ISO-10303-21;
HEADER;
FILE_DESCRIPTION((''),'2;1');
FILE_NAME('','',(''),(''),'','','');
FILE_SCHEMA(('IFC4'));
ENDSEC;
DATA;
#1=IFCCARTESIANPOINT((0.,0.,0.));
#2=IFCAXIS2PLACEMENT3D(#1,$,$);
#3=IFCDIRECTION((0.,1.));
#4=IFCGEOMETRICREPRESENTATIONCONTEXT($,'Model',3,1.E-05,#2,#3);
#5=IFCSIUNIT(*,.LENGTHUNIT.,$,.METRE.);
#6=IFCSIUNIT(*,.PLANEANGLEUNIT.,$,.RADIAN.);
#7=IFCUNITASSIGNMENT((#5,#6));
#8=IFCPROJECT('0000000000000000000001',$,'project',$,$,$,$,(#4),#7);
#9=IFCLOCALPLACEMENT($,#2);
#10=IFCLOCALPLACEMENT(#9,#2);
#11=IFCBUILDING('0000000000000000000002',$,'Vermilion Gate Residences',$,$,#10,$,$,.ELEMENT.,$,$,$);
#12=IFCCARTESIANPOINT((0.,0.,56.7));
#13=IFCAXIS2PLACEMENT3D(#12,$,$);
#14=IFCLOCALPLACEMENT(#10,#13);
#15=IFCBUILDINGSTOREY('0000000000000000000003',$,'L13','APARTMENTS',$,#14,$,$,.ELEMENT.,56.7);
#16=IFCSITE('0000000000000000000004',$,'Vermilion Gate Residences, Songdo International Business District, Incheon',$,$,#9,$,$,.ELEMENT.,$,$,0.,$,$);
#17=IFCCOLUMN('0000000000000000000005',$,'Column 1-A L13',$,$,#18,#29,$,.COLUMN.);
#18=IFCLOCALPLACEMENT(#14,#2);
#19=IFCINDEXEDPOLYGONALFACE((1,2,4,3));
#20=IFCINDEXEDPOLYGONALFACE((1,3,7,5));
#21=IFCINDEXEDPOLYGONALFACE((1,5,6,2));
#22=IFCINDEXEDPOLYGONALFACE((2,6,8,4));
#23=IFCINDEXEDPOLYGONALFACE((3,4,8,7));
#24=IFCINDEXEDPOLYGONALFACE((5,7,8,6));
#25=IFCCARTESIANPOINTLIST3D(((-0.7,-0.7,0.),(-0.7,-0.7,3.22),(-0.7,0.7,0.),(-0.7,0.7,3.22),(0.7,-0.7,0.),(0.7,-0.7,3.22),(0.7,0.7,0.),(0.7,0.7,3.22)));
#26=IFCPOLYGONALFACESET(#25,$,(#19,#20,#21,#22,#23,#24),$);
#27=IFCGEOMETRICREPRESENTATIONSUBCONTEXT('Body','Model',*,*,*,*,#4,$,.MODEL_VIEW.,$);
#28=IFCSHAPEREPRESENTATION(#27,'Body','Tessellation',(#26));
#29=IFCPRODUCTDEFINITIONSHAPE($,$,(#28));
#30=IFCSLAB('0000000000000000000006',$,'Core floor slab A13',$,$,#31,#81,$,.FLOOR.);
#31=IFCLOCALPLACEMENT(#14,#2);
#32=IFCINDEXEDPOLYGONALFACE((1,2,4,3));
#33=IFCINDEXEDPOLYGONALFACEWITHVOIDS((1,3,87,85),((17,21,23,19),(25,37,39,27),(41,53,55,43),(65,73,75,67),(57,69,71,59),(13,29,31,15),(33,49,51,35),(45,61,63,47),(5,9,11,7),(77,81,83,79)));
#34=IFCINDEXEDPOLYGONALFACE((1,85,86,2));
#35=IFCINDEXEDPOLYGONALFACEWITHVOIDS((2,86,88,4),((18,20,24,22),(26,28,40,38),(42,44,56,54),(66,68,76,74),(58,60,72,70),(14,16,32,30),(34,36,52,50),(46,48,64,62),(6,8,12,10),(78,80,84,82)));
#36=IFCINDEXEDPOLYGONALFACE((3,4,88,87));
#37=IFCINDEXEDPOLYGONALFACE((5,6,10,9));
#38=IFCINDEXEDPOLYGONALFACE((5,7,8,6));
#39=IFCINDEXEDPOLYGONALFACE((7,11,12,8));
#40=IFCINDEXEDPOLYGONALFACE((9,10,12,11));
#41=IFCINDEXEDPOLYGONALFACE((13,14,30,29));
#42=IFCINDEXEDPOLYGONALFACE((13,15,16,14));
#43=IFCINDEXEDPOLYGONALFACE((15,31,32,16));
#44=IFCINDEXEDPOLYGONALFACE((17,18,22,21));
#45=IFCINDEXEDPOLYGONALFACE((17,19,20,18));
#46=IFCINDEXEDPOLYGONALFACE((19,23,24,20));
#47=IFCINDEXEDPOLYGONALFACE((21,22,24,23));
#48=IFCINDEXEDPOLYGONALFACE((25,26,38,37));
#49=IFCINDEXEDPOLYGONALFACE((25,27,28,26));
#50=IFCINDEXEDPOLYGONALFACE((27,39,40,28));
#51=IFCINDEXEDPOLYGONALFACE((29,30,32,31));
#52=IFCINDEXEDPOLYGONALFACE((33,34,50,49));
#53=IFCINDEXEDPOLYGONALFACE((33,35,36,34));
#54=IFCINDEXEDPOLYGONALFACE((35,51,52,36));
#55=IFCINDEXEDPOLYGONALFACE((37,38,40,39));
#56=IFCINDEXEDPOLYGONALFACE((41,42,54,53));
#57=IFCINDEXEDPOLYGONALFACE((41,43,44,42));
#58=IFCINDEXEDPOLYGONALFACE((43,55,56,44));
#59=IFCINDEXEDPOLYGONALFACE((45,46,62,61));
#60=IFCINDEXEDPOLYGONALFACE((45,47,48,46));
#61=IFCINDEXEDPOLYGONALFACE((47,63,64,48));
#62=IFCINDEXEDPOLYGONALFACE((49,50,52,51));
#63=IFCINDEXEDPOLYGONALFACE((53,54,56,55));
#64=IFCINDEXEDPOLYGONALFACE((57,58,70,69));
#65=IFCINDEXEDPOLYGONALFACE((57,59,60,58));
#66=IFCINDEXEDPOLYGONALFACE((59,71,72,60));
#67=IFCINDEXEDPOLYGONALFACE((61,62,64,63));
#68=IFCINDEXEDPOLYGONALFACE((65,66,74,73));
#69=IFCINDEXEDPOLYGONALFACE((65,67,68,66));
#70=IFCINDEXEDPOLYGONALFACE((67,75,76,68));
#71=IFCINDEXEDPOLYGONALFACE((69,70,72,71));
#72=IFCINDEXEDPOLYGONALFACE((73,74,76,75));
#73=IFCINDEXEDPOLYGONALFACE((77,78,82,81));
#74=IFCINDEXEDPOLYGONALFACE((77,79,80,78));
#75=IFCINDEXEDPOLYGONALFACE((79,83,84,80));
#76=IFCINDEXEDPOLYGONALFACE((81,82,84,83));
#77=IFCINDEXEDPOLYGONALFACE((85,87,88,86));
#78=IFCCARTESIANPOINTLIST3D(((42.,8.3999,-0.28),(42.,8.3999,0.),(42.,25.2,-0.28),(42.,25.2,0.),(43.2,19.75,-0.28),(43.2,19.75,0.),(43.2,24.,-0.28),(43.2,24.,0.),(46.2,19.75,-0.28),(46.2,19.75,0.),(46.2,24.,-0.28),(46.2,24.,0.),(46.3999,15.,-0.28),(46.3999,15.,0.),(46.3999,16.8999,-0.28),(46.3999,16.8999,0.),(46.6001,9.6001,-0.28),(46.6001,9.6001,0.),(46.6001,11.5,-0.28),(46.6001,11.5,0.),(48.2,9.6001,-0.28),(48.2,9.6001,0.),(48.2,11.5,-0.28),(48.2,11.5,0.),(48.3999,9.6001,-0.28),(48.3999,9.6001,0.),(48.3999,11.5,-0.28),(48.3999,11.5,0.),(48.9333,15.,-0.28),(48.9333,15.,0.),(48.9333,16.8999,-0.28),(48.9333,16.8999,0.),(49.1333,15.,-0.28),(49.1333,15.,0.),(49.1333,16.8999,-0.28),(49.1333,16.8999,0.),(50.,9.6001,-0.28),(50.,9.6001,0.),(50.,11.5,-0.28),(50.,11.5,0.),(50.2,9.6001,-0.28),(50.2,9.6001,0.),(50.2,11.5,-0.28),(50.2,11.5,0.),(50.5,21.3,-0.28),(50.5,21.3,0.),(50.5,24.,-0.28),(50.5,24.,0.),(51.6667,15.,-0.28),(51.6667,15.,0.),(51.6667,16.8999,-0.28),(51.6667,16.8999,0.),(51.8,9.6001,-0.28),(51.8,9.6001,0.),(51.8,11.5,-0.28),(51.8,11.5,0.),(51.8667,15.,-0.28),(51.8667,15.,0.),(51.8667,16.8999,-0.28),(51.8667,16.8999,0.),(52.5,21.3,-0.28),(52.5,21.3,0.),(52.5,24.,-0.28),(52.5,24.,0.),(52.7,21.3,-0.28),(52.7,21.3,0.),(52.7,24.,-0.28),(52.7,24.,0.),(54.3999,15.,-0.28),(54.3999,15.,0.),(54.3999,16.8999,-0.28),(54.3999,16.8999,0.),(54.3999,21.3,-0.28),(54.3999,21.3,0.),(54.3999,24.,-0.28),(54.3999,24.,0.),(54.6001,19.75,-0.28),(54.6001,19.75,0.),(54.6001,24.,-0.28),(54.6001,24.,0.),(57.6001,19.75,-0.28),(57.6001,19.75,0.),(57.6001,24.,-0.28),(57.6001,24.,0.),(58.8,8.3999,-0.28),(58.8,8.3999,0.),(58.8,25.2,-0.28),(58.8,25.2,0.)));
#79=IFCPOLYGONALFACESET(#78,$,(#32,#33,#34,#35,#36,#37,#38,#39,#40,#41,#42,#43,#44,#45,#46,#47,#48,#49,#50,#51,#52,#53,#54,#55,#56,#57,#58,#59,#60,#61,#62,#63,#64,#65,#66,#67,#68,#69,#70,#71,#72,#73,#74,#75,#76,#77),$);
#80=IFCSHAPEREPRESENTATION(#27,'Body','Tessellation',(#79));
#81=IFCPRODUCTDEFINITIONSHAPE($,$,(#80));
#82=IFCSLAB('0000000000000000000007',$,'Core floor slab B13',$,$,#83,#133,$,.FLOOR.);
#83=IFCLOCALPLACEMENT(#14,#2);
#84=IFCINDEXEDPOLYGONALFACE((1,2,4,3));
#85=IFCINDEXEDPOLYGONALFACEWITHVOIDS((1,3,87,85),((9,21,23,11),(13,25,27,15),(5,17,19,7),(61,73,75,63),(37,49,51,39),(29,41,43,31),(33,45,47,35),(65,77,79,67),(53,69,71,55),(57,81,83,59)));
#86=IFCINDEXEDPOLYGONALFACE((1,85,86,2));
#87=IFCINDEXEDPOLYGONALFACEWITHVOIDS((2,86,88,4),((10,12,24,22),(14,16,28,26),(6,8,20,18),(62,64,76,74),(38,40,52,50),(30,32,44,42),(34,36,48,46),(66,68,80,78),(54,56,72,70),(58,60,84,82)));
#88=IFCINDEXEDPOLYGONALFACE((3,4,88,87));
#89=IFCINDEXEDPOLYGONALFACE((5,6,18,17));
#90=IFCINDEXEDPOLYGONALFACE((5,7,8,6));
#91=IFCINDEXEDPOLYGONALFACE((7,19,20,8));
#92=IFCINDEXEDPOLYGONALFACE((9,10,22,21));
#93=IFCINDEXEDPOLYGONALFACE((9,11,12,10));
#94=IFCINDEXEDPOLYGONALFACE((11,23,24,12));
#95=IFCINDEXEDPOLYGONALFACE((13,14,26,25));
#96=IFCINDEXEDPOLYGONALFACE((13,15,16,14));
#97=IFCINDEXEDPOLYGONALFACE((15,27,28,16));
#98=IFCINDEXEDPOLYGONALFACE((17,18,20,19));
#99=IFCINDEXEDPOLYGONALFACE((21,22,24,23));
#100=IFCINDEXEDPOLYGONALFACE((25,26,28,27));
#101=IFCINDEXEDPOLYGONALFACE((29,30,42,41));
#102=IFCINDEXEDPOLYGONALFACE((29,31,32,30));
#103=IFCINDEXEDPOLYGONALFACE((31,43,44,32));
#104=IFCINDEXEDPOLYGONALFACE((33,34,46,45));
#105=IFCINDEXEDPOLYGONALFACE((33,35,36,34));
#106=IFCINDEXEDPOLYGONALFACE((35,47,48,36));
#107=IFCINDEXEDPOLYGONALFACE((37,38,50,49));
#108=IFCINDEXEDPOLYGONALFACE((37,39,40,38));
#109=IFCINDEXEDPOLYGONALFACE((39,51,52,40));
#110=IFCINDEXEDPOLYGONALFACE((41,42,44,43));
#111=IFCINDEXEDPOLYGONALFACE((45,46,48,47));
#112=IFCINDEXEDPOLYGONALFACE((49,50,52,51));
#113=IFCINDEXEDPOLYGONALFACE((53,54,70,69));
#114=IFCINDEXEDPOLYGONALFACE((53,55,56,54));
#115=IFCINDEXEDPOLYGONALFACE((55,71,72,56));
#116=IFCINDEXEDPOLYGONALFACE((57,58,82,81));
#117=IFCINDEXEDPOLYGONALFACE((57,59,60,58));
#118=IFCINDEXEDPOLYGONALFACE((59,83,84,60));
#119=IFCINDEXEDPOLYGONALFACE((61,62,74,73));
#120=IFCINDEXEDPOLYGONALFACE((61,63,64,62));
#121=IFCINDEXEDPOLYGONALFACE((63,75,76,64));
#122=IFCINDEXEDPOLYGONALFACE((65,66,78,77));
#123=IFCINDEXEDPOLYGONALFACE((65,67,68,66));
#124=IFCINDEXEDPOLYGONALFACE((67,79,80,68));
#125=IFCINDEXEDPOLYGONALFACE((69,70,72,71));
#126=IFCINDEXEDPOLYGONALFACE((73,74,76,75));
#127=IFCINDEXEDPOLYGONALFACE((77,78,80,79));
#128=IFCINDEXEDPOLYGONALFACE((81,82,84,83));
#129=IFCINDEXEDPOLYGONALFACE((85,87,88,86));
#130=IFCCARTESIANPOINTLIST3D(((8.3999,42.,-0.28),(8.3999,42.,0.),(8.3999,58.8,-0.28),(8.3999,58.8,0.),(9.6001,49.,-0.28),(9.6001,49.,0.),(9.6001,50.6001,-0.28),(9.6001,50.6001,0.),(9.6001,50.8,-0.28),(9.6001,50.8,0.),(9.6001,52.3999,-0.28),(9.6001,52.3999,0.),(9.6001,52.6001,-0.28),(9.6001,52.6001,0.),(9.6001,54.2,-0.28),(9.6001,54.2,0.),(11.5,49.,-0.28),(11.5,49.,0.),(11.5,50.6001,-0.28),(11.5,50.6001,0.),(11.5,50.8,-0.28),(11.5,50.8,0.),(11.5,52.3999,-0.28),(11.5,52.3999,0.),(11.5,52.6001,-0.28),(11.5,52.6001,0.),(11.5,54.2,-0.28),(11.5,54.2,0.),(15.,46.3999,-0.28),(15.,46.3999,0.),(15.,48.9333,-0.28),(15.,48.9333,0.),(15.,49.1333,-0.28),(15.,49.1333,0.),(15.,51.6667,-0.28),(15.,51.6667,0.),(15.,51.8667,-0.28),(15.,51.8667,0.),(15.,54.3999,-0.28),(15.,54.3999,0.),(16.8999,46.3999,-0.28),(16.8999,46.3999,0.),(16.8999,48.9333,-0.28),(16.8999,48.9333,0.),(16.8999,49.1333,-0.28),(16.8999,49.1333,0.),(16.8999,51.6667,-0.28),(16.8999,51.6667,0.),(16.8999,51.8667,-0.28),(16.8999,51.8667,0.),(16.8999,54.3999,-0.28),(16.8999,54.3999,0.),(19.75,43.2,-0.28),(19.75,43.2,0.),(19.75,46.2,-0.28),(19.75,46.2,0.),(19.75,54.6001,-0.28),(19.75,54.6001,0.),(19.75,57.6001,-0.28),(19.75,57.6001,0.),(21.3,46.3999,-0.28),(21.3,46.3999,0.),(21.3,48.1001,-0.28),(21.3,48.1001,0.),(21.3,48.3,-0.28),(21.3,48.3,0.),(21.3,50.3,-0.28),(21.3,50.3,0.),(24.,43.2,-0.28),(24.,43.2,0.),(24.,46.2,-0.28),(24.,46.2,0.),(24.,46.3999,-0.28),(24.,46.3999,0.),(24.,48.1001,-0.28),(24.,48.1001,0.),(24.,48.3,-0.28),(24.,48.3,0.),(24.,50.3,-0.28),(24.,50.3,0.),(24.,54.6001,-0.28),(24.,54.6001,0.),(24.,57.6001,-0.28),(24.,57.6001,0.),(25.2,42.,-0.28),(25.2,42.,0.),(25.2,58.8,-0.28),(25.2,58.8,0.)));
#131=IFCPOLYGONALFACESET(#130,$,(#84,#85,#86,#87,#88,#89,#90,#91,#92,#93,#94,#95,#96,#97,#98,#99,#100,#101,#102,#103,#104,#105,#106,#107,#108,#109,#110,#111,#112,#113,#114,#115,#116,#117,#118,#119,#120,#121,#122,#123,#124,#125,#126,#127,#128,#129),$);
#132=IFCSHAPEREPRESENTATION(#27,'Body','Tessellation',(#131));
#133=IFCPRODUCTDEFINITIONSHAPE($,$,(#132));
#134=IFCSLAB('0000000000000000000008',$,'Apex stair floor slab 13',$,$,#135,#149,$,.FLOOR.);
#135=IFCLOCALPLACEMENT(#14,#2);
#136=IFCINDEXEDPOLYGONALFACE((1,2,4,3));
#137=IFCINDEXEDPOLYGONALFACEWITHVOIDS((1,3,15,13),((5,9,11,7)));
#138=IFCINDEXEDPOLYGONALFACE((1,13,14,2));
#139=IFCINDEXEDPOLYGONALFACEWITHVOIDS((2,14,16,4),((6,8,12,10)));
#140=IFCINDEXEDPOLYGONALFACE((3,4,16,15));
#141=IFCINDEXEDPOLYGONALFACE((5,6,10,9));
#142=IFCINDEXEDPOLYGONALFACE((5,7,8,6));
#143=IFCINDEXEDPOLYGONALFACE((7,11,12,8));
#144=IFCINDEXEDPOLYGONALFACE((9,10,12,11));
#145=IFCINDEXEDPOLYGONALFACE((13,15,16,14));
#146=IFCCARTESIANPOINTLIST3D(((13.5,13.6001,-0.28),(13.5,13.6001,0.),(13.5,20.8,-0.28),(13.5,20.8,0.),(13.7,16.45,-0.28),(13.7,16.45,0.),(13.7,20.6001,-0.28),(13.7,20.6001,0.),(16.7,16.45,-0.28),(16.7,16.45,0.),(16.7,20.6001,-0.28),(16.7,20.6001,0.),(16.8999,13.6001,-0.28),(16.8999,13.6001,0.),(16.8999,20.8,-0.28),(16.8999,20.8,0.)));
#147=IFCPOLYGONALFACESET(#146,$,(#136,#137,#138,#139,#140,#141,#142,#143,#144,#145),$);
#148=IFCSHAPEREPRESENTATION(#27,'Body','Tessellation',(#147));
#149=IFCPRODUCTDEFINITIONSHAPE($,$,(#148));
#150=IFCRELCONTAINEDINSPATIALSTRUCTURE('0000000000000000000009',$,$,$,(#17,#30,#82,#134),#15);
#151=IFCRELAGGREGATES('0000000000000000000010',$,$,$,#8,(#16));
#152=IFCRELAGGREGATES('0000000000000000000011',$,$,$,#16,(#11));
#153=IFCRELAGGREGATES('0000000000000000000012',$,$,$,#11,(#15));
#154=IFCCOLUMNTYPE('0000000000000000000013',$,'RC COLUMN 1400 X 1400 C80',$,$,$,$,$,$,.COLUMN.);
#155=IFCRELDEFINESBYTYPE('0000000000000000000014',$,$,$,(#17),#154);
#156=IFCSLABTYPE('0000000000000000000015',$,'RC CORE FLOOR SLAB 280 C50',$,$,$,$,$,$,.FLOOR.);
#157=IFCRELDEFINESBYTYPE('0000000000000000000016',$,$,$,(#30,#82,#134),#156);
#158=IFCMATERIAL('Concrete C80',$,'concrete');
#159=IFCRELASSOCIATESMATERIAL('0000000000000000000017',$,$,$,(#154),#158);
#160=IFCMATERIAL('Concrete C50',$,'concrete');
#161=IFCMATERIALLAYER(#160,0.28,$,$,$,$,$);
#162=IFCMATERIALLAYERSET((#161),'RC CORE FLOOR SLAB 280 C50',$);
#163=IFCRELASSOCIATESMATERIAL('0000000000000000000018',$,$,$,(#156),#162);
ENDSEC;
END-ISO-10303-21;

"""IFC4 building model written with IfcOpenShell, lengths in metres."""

from ifc_helpers import new_model, si_unit, direction, frame, origin, origin_with_axes, origin_2d, place, context, subcontext, project, spatial, polyline, rectangle, outline, extrude, material, layer, layer_set, material_profile, profile_set, type_object, element, save


model = new_model("IFC4")

# Units and contexts
model_context = context("Model", 3, precision=1e-05, world=origin(), true_north=direction((0.0, 1.0)))
body_context = subcontext(model_context, "Body", "Model", "MODEL_VIEW")
ifc_project = project(units=[si_unit("LENGTHUNIT", "METRE"), si_unit("PLANEANGLEUNIT", "RADIAN")], contexts=[model_context])

# Site, building, storey
site_placement = place(None, origin())
site = spatial("IfcSite", under=ifc_project, at=site_placement, Name="Vermilion Gate Residences, Songdo International Business District, Incheon", CompositionType="ELEMENT", RefElevation=0.0)
building_placement = place(site_placement, origin())
building = spatial("IfcBuilding", under=site, at=building_placement, Name="Vermilion Gate Residences", CompositionType="ELEMENT")
storey_placement = place(building_placement, frame((0.0, 0.0, 56.7)))
storey = spatial("IfcBuildingStorey", under=building, at=storey_placement, Name="L13", Description="APARTMENTS", CompositionType="ELEMENT", Elevation=56.7)

# Column
ifc_material_1 = material(Name="Concrete C80", Category="concrete")
ifc_material_profile_1 = material_profile(ifc_material_1, rectangle(XDim=1.3999, YDim=1.3999, at=origin_2d()), Name="RC-1400x1400")
ifc_profile_set_1 = profile_set([ifc_material_profile_1], Name="Concrete C80")
column_type = type_object("IfcColumnType", Name="RC COLUMN 1400 X 1400 C80", PredefinedType="COLUMN", material=ifc_profile_set_1)
column_placement = place(storey_placement, origin_with_axes())
element("IfcColumn", 1, at=column_placement, inside=storey, type_object=column_type, Name="Column 1-A L13", PredefinedType="COLUMN", context=body_context, shape_type="SweptSolid", body=[
    extrude(rectangle(XDim=1.3999, YDim=1.3999, at=origin_2d()), origin(), (0.0, 0.0, 1.0), 3.22),
])

# Slabs
ifc_material_2 = material(Name="Concrete C50", Category="concrete")
ifc_layer_1 = layer(ifc_material_2, 0.28)
ifc_layer_set_1 = layer_set([ifc_layer_1], Name="RC CORE FLOOR SLAB 280 C50")
slab_type_1 = type_object("IfcSlabType", Name="RC CORE FLOOR SLAB 280 C50", PredefinedType="FLOOR", material=ifc_layer_set_1)
slab_1_placement = place(storey_placement, frame((0.0, 0.0, -0.28)))
element("IfcSlab", 2, at=slab_1_placement, inside=storey, type_object=slab_type_1, Name="Core floor slab A13", PredefinedType="FLOOR", context=body_context, shape_type="SweptSolid", body=[
    extrude(outline(polyline([(42.0, 8.3999), (58.8, 8.3999), (58.8, 25.2), (42.0, 25.2), (42.0, 8.3999)]), holes=[polyline([(46.6001, 11.5), (48.2, 11.5), (48.2, 9.6001), (46.6001, 9.6001), (46.6001, 11.5)]), polyline([(48.3999, 11.5), (50.0, 11.5), (50.0, 9.6001), (48.3999, 9.6001), (48.3999, 11.5)]), polyline([(50.2, 11.5), (51.8, 11.5), (51.8, 9.6001), (50.2, 9.6001), (50.2, 11.5)]), polyline([(48.9333, 16.8999), (48.9333, 15.0), (46.3999, 15.0), (46.3999, 16.8999), (48.9333, 16.8999)]), polyline([(51.6667, 16.8999), (51.6667, 15.0), (49.1333, 15.0), (49.1333, 16.8999), (51.6667, 16.8999)]), polyline([(51.8667, 16.8999), (54.3999, 16.8999), (54.3999, 15.0), (51.8667, 15.0), (51.8667, 16.8999)]), polyline([(43.2, 24.0), (46.2, 24.0), (46.2, 19.75), (43.2, 19.75), (43.2, 24.0)]), polyline([(54.6001, 24.0), (57.6001, 24.0), (57.6001, 19.75), (54.6001, 19.75), (54.6001, 24.0)]), polyline([(52.5, 24.0), (52.5, 21.3), (50.5, 21.3), (50.5, 24.0), (52.5, 24.0)]), polyline([(54.3999, 24.0), (54.3999, 21.3), (52.7, 21.3), (52.7, 24.0), (54.3999, 24.0)])]), origin(), (0.0, 0.0, 1.0), 0.28),
])
slab_2_placement = place(storey_placement, frame((0.0, 0.0, -0.28)))
element("IfcSlab", 3, at=slab_2_placement, inside=storey, type_object=slab_type_1, Name="Core floor slab B13", PredefinedType="FLOOR", context=body_context, shape_type="SweptSolid", body=[
    extrude(outline(polyline([(8.3999, 42.0), (25.2, 42.0), (25.2, 58.8), (8.3999, 58.8), (8.3999, 42.0)]), holes=[polyline([(19.75, 46.2), (24.0, 46.2), (24.0, 43.2), (19.75, 43.2), (19.75, 46.2)]), polyline([(21.3, 48.1001), (24.0, 48.1001), (24.0, 46.3999), (21.3, 46.3999), (21.3, 48.1001)]), polyline([(15.0, 48.9333), (16.8999, 48.9333), (16.8999, 46.3999), (15.0, 46.3999), (15.0, 48.9333)]), polyline([(24.0, 50.3), (24.0, 48.3), (21.3, 48.3), (21.3, 50.3), (24.0, 50.3)]), polyline([(11.5, 50.6001), (11.5, 49.0), (9.6001, 49.0), (9.6001, 50.6001), (11.5, 50.6001)]), polyline([(15.0, 51.6667), (16.8999, 51.6667), (16.8999, 49.1333), (15.0, 49.1333), (15.0, 51.6667)]), polyline([(9.6001, 52.3999), (11.5, 52.3999), (11.5, 50.8), (9.6001, 50.8), (9.6001, 52.3999)]), polyline([(15.0, 54.3999), (16.8999, 54.3999), (16.8999, 51.8667), (15.0, 51.8667), (15.0, 54.3999)]), polyline([(11.5, 54.2), (11.5, 52.6001), (9.6001, 52.6001), (9.6001, 54.2), (11.5, 54.2)]), polyline([(24.0, 57.6001), (24.0, 54.6001), (19.75, 54.6001), (19.75, 57.6001), (24.0, 57.6001)])]), origin(), (0.0, 0.0, 1.0), 0.28),
])
slab_3_placement = place(storey_placement, frame((0.0, 0.0, -0.28)))
element("IfcSlab", 4, at=slab_3_placement, inside=storey, type_object=slab_type_1, Name="Apex stair floor slab 13", PredefinedType="FLOOR", context=body_context, shape_type="SweptSolid", body=[
    extrude(outline(polyline([(13.5, 13.6001), (16.8999, 13.6001), (16.8999, 20.8), (13.5, 20.8), (13.5, 13.6001)]), holes=[polyline([(16.7, 20.6001), (16.7, 16.45), (13.7, 16.45), (13.7, 20.6001), (16.7, 20.6001)])]), origin(), (0.0, 0.0, 1.0), 0.28),
])

save(model, "model.ifc")
